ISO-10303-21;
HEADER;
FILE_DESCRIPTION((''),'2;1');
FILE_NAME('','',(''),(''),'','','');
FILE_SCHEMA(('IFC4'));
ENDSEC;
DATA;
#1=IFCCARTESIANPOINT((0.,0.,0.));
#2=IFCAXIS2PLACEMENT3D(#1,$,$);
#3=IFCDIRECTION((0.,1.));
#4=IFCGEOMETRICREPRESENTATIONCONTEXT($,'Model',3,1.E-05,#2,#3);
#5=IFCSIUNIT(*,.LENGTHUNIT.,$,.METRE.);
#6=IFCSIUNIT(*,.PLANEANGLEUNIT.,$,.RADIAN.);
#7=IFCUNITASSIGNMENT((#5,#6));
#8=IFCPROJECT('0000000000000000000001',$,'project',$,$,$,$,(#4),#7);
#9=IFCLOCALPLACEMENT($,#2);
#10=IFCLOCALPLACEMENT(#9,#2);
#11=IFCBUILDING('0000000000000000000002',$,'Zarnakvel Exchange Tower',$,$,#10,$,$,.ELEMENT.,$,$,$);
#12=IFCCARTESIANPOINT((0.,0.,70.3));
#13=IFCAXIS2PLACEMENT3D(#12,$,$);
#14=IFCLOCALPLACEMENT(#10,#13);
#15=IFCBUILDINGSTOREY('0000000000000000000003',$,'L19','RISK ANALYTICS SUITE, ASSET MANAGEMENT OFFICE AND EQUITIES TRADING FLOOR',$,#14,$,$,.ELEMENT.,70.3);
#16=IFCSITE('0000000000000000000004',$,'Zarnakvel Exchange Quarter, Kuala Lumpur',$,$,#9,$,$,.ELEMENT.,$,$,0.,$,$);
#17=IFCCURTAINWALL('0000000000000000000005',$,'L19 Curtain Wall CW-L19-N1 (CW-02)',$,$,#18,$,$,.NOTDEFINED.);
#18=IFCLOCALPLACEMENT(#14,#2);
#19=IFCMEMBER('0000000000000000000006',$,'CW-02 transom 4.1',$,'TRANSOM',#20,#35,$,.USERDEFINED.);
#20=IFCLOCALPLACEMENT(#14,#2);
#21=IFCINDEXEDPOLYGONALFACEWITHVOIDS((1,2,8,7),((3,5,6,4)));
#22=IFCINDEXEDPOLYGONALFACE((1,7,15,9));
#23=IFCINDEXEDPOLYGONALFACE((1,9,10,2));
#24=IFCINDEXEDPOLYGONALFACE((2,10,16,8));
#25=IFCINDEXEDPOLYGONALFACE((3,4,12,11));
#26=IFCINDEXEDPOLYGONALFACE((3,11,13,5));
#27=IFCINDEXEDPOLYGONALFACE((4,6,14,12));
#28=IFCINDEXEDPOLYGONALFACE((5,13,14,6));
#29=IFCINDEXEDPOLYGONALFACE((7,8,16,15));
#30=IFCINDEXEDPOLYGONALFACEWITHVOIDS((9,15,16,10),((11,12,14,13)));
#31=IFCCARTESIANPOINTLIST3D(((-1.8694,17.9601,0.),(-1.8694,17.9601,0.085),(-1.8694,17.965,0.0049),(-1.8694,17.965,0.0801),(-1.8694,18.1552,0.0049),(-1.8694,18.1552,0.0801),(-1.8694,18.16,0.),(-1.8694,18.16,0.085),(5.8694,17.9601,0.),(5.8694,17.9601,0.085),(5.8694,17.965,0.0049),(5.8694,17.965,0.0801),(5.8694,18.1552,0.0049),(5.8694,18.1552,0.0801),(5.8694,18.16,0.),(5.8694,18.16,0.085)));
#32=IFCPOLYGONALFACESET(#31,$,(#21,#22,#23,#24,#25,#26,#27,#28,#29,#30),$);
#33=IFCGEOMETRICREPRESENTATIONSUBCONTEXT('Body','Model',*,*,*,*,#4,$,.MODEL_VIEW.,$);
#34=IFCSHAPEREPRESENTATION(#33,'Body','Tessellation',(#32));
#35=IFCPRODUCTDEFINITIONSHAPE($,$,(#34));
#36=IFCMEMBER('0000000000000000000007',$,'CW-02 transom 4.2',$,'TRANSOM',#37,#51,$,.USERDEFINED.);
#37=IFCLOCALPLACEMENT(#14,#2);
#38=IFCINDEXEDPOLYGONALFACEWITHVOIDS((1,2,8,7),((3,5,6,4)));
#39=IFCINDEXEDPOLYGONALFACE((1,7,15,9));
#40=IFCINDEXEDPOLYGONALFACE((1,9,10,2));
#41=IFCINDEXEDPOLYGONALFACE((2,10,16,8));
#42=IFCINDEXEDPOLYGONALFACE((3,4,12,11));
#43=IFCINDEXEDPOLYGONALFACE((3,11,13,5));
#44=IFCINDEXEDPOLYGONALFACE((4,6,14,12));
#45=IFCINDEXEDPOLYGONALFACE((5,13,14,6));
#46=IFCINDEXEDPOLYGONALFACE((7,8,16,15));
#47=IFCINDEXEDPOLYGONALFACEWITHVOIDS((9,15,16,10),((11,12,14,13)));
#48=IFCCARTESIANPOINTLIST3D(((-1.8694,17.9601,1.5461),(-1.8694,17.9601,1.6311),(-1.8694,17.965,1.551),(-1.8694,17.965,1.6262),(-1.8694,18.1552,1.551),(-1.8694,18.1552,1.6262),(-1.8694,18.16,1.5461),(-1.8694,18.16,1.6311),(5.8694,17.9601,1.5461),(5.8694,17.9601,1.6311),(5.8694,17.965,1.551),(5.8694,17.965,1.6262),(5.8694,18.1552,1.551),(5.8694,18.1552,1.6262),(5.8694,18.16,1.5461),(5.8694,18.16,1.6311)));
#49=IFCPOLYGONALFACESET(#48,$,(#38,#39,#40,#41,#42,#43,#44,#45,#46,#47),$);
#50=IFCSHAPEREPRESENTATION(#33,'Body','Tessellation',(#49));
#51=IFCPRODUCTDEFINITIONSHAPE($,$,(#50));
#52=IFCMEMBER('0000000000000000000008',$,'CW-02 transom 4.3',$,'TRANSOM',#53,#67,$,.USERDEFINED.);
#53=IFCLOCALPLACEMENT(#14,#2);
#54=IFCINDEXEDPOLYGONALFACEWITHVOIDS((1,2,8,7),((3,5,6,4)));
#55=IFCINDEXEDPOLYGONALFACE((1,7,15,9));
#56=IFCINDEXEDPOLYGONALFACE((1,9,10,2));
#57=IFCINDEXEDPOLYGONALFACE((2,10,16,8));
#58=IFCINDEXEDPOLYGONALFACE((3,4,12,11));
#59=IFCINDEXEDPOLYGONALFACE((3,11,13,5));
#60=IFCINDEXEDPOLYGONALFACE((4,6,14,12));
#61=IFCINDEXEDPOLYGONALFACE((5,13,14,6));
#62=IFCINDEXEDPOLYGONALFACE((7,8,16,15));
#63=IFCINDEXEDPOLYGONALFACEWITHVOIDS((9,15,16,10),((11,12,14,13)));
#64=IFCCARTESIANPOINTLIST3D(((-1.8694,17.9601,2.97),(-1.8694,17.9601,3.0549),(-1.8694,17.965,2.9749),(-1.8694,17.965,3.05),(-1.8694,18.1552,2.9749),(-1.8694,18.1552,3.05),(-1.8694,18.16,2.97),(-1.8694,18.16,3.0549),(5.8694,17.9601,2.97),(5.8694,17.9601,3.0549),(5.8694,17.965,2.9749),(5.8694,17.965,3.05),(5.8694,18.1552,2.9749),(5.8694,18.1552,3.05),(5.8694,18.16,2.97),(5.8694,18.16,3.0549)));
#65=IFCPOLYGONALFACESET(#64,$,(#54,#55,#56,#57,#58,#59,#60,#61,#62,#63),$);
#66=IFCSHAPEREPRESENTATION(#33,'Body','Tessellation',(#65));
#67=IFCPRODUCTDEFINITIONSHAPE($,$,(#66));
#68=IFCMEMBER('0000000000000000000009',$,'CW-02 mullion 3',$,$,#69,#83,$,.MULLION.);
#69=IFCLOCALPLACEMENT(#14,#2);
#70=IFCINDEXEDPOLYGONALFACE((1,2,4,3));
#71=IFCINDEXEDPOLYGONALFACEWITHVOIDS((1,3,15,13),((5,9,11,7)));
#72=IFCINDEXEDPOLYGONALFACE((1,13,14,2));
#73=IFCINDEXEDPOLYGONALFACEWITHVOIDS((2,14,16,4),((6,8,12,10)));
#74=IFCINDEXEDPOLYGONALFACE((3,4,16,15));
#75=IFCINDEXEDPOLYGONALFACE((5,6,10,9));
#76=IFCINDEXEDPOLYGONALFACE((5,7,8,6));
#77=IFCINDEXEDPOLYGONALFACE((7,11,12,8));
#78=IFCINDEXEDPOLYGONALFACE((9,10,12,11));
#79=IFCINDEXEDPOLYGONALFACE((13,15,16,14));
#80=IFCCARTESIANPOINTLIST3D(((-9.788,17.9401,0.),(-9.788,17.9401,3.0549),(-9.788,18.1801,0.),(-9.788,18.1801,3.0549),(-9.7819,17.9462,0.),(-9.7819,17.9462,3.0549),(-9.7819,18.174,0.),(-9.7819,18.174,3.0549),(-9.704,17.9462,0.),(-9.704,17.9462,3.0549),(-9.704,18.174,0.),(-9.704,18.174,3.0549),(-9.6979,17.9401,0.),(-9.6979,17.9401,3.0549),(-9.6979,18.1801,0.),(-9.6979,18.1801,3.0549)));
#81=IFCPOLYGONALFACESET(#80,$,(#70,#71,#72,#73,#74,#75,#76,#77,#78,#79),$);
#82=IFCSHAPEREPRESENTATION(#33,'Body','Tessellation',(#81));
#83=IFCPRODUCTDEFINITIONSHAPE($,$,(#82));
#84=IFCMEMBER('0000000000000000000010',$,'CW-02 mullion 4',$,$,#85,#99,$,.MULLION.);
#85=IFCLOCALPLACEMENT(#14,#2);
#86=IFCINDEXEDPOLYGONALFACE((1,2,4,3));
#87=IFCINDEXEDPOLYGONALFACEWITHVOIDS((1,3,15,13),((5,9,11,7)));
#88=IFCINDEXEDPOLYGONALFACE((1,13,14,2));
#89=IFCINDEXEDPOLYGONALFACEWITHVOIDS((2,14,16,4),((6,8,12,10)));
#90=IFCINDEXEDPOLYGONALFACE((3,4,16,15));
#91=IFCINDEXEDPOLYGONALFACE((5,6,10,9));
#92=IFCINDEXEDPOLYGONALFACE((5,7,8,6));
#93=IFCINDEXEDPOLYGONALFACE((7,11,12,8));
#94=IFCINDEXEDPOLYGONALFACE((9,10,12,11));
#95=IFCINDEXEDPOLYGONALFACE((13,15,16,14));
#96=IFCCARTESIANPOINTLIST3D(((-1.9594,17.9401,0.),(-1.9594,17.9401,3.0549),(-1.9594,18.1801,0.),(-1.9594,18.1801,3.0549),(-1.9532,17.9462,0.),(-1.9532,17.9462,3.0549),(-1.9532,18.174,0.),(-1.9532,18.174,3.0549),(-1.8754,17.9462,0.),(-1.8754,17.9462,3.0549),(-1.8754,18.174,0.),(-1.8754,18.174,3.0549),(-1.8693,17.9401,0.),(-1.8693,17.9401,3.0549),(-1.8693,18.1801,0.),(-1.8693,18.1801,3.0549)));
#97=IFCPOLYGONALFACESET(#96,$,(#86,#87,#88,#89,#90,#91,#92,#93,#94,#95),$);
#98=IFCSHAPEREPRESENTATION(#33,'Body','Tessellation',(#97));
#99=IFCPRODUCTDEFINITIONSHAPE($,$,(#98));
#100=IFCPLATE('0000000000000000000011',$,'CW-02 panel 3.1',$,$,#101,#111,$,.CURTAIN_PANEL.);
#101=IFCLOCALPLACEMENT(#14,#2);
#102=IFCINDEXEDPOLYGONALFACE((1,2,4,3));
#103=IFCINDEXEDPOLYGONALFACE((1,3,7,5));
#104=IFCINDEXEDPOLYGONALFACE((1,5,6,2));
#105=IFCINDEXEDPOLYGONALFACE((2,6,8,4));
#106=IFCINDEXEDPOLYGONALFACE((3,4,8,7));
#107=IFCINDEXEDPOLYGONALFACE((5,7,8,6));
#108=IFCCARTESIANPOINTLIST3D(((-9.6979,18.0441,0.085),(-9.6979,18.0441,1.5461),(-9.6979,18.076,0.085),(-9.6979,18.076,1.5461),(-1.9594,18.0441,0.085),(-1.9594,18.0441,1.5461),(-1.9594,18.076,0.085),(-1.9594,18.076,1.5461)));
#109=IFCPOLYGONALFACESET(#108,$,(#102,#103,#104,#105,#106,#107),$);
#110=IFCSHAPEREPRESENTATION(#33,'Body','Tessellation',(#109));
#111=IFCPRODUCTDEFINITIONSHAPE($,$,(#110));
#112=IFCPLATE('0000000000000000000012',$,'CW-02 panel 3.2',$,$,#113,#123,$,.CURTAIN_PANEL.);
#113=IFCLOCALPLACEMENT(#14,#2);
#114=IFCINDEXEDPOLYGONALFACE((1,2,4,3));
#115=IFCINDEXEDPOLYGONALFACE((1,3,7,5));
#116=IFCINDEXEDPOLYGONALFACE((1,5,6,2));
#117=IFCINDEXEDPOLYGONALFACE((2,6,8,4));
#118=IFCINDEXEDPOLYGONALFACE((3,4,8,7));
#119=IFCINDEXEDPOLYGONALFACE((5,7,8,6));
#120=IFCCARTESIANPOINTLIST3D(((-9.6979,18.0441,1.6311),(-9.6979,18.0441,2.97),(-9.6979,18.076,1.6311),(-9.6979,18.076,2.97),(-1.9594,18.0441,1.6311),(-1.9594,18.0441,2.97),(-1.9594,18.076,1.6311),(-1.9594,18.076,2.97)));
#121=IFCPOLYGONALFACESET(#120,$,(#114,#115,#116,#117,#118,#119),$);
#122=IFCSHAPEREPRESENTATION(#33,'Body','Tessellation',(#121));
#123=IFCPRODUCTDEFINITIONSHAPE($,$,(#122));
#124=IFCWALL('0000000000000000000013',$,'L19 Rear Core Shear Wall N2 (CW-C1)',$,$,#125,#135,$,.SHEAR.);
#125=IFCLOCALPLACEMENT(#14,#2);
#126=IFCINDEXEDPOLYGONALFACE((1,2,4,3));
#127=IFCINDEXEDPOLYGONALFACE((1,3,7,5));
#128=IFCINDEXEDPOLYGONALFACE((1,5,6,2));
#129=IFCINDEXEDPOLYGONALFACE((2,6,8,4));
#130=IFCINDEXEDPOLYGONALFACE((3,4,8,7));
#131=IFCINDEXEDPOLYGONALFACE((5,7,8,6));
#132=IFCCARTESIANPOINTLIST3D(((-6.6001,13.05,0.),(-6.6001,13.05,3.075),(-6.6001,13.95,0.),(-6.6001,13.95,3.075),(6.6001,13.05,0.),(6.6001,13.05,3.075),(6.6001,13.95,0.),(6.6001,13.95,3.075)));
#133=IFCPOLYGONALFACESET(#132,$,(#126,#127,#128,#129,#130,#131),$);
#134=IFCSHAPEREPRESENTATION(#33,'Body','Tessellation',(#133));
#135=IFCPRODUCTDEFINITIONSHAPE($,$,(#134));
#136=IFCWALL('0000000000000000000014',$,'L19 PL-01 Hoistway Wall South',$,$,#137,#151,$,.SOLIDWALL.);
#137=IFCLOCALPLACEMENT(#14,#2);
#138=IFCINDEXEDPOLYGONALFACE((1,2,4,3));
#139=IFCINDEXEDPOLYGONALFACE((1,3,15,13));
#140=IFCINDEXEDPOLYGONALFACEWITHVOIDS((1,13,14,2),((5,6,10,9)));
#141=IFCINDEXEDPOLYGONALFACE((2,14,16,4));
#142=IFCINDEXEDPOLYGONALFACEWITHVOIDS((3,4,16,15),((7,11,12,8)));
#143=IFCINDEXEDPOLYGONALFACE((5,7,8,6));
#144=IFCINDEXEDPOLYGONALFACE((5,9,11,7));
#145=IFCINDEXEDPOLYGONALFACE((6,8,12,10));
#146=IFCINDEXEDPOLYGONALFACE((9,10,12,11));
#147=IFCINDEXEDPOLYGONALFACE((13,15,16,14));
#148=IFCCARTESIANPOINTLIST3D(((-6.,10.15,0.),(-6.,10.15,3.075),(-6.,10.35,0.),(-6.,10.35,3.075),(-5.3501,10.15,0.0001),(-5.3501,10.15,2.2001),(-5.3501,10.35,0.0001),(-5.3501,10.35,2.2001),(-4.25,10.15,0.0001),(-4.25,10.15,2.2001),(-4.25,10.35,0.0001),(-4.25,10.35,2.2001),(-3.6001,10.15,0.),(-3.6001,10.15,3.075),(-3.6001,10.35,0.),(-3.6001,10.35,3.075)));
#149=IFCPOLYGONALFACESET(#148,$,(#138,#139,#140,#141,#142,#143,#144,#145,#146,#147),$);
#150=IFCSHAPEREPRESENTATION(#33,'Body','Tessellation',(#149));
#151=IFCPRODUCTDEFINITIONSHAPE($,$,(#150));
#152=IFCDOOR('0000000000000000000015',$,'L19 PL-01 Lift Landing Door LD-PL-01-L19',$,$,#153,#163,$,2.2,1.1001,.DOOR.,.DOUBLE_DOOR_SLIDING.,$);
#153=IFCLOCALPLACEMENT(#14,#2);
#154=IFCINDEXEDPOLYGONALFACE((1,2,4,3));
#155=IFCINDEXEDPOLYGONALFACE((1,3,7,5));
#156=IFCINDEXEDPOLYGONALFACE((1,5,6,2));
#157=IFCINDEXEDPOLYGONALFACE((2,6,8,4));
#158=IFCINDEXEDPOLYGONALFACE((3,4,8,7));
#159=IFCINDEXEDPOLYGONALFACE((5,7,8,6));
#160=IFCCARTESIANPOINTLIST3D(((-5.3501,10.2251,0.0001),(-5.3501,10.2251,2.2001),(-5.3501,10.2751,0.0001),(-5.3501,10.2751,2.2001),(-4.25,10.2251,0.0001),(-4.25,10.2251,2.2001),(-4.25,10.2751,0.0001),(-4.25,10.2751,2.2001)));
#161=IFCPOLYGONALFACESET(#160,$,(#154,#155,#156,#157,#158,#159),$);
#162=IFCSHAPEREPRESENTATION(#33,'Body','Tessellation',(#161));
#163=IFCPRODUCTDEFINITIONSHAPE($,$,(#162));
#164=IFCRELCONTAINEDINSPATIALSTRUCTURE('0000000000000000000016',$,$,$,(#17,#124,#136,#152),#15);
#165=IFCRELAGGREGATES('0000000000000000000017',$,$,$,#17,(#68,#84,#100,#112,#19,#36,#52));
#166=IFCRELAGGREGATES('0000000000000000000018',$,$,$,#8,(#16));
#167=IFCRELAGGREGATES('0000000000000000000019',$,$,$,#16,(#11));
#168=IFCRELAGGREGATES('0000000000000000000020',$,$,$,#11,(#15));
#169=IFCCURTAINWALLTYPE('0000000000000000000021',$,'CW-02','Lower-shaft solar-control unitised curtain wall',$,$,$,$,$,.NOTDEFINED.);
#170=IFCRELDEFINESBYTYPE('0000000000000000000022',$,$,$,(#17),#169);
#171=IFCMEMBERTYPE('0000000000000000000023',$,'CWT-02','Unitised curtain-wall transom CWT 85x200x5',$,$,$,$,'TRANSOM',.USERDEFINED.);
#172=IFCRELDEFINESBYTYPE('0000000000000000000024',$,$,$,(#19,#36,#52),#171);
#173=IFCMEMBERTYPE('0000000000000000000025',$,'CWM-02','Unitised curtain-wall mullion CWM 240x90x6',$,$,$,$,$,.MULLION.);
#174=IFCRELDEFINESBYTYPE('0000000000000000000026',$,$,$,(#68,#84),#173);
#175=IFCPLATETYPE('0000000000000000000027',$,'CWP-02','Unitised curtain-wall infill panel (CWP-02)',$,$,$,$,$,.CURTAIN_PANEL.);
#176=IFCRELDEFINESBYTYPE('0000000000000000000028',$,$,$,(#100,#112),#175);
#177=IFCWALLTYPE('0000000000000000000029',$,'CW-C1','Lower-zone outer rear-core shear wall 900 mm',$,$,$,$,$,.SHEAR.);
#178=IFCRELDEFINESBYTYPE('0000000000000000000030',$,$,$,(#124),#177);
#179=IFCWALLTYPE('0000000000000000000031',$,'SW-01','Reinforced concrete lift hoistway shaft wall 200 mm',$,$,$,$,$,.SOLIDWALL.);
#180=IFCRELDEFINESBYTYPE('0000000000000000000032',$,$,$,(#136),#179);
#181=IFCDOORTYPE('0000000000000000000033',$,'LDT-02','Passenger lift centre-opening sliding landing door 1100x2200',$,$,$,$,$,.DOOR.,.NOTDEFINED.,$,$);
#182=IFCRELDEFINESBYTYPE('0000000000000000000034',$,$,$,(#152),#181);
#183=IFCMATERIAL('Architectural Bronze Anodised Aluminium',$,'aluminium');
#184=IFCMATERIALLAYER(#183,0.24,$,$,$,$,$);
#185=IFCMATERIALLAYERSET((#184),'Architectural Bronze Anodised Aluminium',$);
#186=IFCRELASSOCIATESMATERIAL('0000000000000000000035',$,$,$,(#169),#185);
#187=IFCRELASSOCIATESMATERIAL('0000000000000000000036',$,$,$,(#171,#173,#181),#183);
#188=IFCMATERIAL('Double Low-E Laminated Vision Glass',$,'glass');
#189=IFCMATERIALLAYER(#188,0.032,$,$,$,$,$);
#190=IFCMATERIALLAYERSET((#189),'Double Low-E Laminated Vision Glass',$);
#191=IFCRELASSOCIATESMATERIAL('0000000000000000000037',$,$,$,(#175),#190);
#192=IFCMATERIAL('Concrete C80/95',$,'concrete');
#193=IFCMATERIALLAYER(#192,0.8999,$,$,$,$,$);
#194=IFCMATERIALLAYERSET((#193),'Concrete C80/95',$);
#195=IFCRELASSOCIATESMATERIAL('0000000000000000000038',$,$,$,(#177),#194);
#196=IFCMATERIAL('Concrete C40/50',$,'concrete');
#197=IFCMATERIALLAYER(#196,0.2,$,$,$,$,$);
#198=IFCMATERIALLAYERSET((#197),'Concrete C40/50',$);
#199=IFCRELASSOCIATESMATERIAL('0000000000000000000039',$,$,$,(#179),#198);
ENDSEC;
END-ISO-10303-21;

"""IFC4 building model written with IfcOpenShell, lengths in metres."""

from ifc_helpers import new_model, si_unit, direction, frame, frame_2d, origin, origin_2d, place, context, subcontext, project, spatial, rectangle, hollow_rectangle, extrude, source, transform, mapped, material, layer, layer_set, material_profile, profile_set, type_object, element, fill, aggregate, save


model = new_model("IFC4")

# Units and contexts
model_context = context("Model", 3, precision=1e-05, world=origin(), true_north=direction((0.0, 1.0)))
body_context = subcontext(model_context, "Body", "Model", "MODEL_VIEW")
ifc_project = project(units=[si_unit("LENGTHUNIT", "METRE"), si_unit("PLANEANGLEUNIT", "RADIAN")], contexts=[model_context])

# Site, building, storey
site_placement = place(None, origin())
site = spatial("IfcSite", under=ifc_project, at=site_placement, Name="Zarnakvel Exchange Quarter, Kuala Lumpur", CompositionType="ELEMENT", RefElevation=0.0)
building_placement = place(site_placement, origin())
building = spatial("IfcBuilding", under=site, at=building_placement, Name="Zarnakvel Exchange Tower", CompositionType="ELEMENT")
storey_placement = place(building_placement, frame((0.0, 0.0, 70.3)))
storey = spatial("IfcBuildingStorey", under=building, at=storey_placement, Name="L19", Description="RISK ANALYTICS SUITE, ASSET MANAGEMENT OFFICE AND EQUITIES TRADING FLOOR", CompositionType="ELEMENT", Elevation=70.3)

# Shared definitions
ifc_material_1 = material(Name="Concrete C80/95", Category="concrete")

# Curtain wall, members, plates
ifc_material_2 = material(Name="Architectural Bronze Anodised Aluminium", Category="aluminium")
ifc_layer_1 = layer(ifc_material_2, 0.24)
ifc_layer_set_1 = layer_set([ifc_layer_1], Name="Architectural Bronze Anodised Aluminium")
curtain_wall_type = type_object("IfcCurtainWallType", Name="CW-02", Description="Lower-shaft solar-control unitised curtain wall", PredefinedType="NOTDEFINED", material=ifc_layer_set_1)
curtain_wall_placement = place(storey_placement, origin())
curtain_wall = element("IfcCurtainWall", 1, at=curtain_wall_placement, inside=storey, type_object=curtain_wall_type, Name="L19 Curtain Wall CW-L19-N1 (CW-02)", PredefinedType="NOTDEFINED")
ifc_material_profile_1 = material_profile(ifc_material_2, hollow_rectangle(XDim=0.2, YDim=0.085, WallThickness=0.0049, at=origin_2d()))
ifc_profile_set_1 = profile_set([ifc_material_profile_1], Name="Architectural Bronze Anodised Aluminium")
member_type_1 = type_object("IfcMemberType", Name="CWT-02", Description="Unitised curtain-wall transom CWT 85x200x5", ElementType="TRANSOM", PredefinedType="USERDEFINED", material=ifc_profile_set_1)
shared_shape_1 = source(origin(), body_context, "Body", "SweptSolid", [
    extrude(hollow_rectangle(XDim=0.2, YDim=0.085, WallThickness=0.0049, at=origin_2d()), origin(), (0.0, 0.0, 1.0), 7.7388),
])
member_1_placement = place(storey_placement, frame((-1.8694, 18.0601, 0.0425), z_axis=(1.0, 0.0, 0.0), x_axis=(0.0, 1.0, 0.0)))
member_1 = element("IfcMember", 2, at=member_1_placement, type_object=member_type_1, Name="CW-02 transom 4.1", ObjectType="TRANSOM", PredefinedType="USERDEFINED", context=body_context, shape_type="MappedRepresentation", body=[
    mapped(shared_shape_1, transform((0.0, 0.0, 0.0), x_axis=(1.0, 0.0, 0.0), y_axis=(0.0, 1.0, 0.0), z_axis=(0.0, 0.0, 1.0), scale=1.0)),
])
member_2_placement = place(storey_placement, frame((-1.8694, 18.0601, 1.5886), z_axis=(1.0, 0.0, 0.0), x_axis=(0.0, 1.0, 0.0)))
member_2 = element("IfcMember", 3, at=member_2_placement, type_object=member_type_1, Name="CW-02 transom 4.2", ObjectType="TRANSOM", PredefinedType="USERDEFINED", context=body_context, shape_type="MappedRepresentation", body=[
    mapped(shared_shape_1, transform((0.0, 0.0, 0.0), x_axis=(1.0, 0.0, 0.0), y_axis=(0.0, 1.0, 0.0), z_axis=(0.0, 0.0, 1.0), scale=1.0)),
])
member_3_placement = place(storey_placement, frame((-1.8694, 18.0601, 3.0125), z_axis=(1.0, 0.0, 0.0), x_axis=(0.0, 1.0, 0.0)))
member_3 = element("IfcMember", 4, at=member_3_placement, type_object=member_type_1, Name="CW-02 transom 4.3", ObjectType="TRANSOM", PredefinedType="USERDEFINED", context=body_context, shape_type="MappedRepresentation", body=[
    mapped(shared_shape_1, transform((0.0, 0.0, 0.0), x_axis=(1.0, 0.0, 0.0), y_axis=(0.0, 1.0, 0.0), z_axis=(0.0, 0.0, 1.0), scale=1.0)),
])
ifc_material_profile_2 = material_profile(ifc_material_2, hollow_rectangle(XDim=0.24, YDim=0.0901, WallThickness=0.0061, at=origin_2d()))
ifc_profile_set_2 = profile_set([ifc_material_profile_2], Name="Architectural Bronze Anodised Aluminium")
member_type_2 = type_object("IfcMemberType", Name="CWM-02", Description="Unitised curtain-wall mullion CWM 240x90x6", PredefinedType="MULLION", material=ifc_profile_set_2)
shared_shape_2 = source(origin(), body_context, "Body", "SweptSolid", [
    extrude(hollow_rectangle(XDim=0.24, YDim=0.0901, WallThickness=0.0061, at=origin_2d()), origin(), (0.0, 0.0, 1.0), 3.0549),
])
member_4_placement = place(storey_placement, frame((-9.7429, 18.0601, 0.0), z_axis=(0.0, 0.0, 1.0), x_axis=(0.0, 1.0, 0.0)))
member_4 = element("IfcMember", 5, at=member_4_placement, type_object=member_type_2, Name="CW-02 mullion 3", PredefinedType="MULLION", context=body_context, shape_type="MappedRepresentation", body=[
    mapped(shared_shape_2, transform((0.0, 0.0, 0.0), x_axis=(1.0, 0.0, 0.0), y_axis=(0.0, 1.0, 0.0), z_axis=(0.0, 0.0, 1.0), scale=1.0)),
])
member_5_placement = place(storey_placement, frame((-1.9143, 18.0601, 0.0), z_axis=(0.0, 0.0, 1.0), x_axis=(0.0, 1.0, 0.0)))
member_5 = element("IfcMember", 6, at=member_5_placement, type_object=member_type_2, Name="CW-02 mullion 4", PredefinedType="MULLION", context=body_context, shape_type="MappedRepresentation", body=[
    mapped(shared_shape_2, transform((0.0, 0.0, 0.0), x_axis=(1.0, 0.0, 0.0), y_axis=(0.0, 1.0, 0.0), z_axis=(0.0, 0.0, 1.0), scale=1.0)),
])
ifc_material_3 = material(Name="Double Low-E Laminated Vision Glass", Category="glass")
ifc_layer_2 = layer(ifc_material_3, 0.032)
ifc_layer_set_2 = layer_set([ifc_layer_2], Name="Double Low-E Laminated Vision Glass")
plate_type = type_object("IfcPlateType", Name="CWP-02", Description="Unitised curtain-wall infill panel (CWP-02)", PredefinedType="CURTAIN_PANEL", material=ifc_layer_set_2)
shared_shape_3 = source(origin(), body_context, "Body", "SweptSolid", [
    extrude(rectangle(XDim=7.7385, YDim=0.032, at=origin_2d()), origin(), (0.0, 0.0, 1.0), 1.4612),
])
plate_1_placement = place(storey_placement, frame((-5.8286, 18.0601, 0.085), z_axis=(0.0, 0.0, 1.0), x_axis=(1.0, 0.0, 0.0)))
plate_1 = element("IfcPlate", 7, at=plate_1_placement, type_object=plate_type, Name="CW-02 panel 3.1", PredefinedType="CURTAIN_PANEL", context=body_context, shape_type="MappedRepresentation", body=[
    mapped(shared_shape_3, transform((0.0, 0.0, 0.0), x_axis=(1.0, 0.0, 0.0), y_axis=(0.0, 1.0, 0.0), z_axis=(0.0, 0.0, 1.0), scale=1.0)),
])
shared_shape_4 = source(origin(), body_context, "Body", "SweptSolid", [
    extrude(rectangle(XDim=7.7385, YDim=0.032, at=origin_2d()), origin(), (0.0, 0.0, 1.0), 1.3389),
])
plate_2_placement = place(storey_placement, frame((-5.8286, 18.0601, 1.6311), z_axis=(0.0, 0.0, 1.0), x_axis=(1.0, 0.0, 0.0)))
plate_2 = element("IfcPlate", 8, at=plate_2_placement, type_object=plate_type, Name="CW-02 panel 3.2", PredefinedType="CURTAIN_PANEL", context=body_context, shape_type="MappedRepresentation", body=[
    mapped(shared_shape_4, transform((0.0, 0.0, 0.0), x_axis=(1.0, 0.0, 0.0), y_axis=(0.0, 1.0, 0.0), z_axis=(0.0, 0.0, 1.0), scale=1.0)),
])
aggregate(curtain_wall, [member_4, member_5, plate_1, plate_2, member_1, member_2, member_3])

# Wall
ifc_layer_3 = layer(ifc_material_1, 0.8999)
ifc_layer_set_3 = layer_set([ifc_layer_3], Name="Concrete C80/95")
wall_type_1 = type_object("IfcWallType", Name="CW-C1", Description="Lower-zone outer rear-core shear wall 900 mm", PredefinedType="SHEAR", material=ifc_layer_set_3)
wall_1_placement = place(storey_placement, frame((-6.6001, 13.5, 0.0), z_axis=(0.0, 0.0, 1.0), x_axis=(1.0, 0.0, 0.0)))
element("IfcWall", 9, at=wall_1_placement, inside=storey, type_object=wall_type_1, Name="L19 Rear Core Shear Wall N2 (CW-C1)", PredefinedType="SHEAR", context=body_context, shape_type="SweptSolid", body=[
    extrude(rectangle(XDim=13.2002, YDim=0.8999, at=frame_2d((6.6001, 0.0))), origin(), (0.0, 0.0, 1.0), 3.075),
])

# Wall, opening, door
ifc_material_4 = material(Name="Concrete C40/50", Category="concrete")
ifc_layer_4 = layer(ifc_material_4, 0.2)
ifc_layer_set_4 = layer_set([ifc_layer_4], Name="Concrete C40/50")
wall_type_2 = type_object("IfcWallType", Name="SW-01", Description="Reinforced concrete lift hoistway shaft wall 200 mm", PredefinedType="SOLIDWALL", material=ifc_layer_set_4)
wall_2_placement = place(storey_placement, frame((-3.6001, 10.25, 0.0), z_axis=(0.0, 0.0, 1.0), x_axis=(-1.0, 0.0, 0.0)))
wall_2 = element("IfcWall", 10, at=wall_2_placement, inside=storey, type_object=wall_type_2, Name="L19 PL-01 Hoistway Wall South", PredefinedType="SOLIDWALL", context=body_context, shape_type="SweptSolid", body=[
    extrude(rectangle(XDim=2.3999, YDim=0.2, at=frame_2d((1.2, 0.0))), origin(), (0.0, 0.0, 1.0), 3.075),
])
opening_placement = place(wall_2_placement, frame((0.6499, 0.0, 0.0)))
opening = element("IfcOpeningElement", 11, at=opening_placement, cuts=wall_2, PredefinedType="OPENING", context=body_context, shape_type="SweptSolid", body=[
    extrude(rectangle(XDim=1.1001, YDim=2.2, at=frame_2d((0.55, 1.1001))), frame((0.0, 0.1099, 0.0), z_axis=(0.0, -1.0, 0.0), x_axis=(1.0, 0.0, 0.0)), (0.0, 0.0, 1.0), 0.22),
])
door_type = type_object("IfcDoorType", Name="LDT-02", Description="Passenger lift centre-opening sliding landing door 1100x2200", OperationType="NOTDEFINED", PredefinedType="DOOR", material=ifc_material_2)
shared_shape_5 = source(origin(), body_context, "Body", "SweptSolid", [
    extrude(rectangle(XDim=1.1001, YDim=2.2, at=frame_2d((0.55, 1.1001))), frame((0.0, 0.0249, 0.0), z_axis=(0.0, -1.0, 0.0), x_axis=(1.0, 0.0, 0.0)), (0.0, 0.0, 1.0), 0.05),
])
door_placement = place(opening_placement, origin())
door = element("IfcDoor", 12, at=door_placement, inside=storey, type_object=door_type, Name="L19 PL-01 Lift Landing Door LD-PL-01-L19", OperationType="DOUBLE_DOOR_SLIDING", OverallHeight=2.2, OverallWidth=1.1001, PredefinedType="DOOR", context=body_context, shape_type="MappedRepresentation", body=[
    mapped(shared_shape_5, transform((0.0, 0.0, 0.0), x_axis=(1.0, 0.0, 0.0), y_axis=(0.0, 1.0, 0.0), z_axis=(0.0, 0.0, 1.0), scale=1.0)),
])
fill(opening, door)

save(model, "model.ifc")
